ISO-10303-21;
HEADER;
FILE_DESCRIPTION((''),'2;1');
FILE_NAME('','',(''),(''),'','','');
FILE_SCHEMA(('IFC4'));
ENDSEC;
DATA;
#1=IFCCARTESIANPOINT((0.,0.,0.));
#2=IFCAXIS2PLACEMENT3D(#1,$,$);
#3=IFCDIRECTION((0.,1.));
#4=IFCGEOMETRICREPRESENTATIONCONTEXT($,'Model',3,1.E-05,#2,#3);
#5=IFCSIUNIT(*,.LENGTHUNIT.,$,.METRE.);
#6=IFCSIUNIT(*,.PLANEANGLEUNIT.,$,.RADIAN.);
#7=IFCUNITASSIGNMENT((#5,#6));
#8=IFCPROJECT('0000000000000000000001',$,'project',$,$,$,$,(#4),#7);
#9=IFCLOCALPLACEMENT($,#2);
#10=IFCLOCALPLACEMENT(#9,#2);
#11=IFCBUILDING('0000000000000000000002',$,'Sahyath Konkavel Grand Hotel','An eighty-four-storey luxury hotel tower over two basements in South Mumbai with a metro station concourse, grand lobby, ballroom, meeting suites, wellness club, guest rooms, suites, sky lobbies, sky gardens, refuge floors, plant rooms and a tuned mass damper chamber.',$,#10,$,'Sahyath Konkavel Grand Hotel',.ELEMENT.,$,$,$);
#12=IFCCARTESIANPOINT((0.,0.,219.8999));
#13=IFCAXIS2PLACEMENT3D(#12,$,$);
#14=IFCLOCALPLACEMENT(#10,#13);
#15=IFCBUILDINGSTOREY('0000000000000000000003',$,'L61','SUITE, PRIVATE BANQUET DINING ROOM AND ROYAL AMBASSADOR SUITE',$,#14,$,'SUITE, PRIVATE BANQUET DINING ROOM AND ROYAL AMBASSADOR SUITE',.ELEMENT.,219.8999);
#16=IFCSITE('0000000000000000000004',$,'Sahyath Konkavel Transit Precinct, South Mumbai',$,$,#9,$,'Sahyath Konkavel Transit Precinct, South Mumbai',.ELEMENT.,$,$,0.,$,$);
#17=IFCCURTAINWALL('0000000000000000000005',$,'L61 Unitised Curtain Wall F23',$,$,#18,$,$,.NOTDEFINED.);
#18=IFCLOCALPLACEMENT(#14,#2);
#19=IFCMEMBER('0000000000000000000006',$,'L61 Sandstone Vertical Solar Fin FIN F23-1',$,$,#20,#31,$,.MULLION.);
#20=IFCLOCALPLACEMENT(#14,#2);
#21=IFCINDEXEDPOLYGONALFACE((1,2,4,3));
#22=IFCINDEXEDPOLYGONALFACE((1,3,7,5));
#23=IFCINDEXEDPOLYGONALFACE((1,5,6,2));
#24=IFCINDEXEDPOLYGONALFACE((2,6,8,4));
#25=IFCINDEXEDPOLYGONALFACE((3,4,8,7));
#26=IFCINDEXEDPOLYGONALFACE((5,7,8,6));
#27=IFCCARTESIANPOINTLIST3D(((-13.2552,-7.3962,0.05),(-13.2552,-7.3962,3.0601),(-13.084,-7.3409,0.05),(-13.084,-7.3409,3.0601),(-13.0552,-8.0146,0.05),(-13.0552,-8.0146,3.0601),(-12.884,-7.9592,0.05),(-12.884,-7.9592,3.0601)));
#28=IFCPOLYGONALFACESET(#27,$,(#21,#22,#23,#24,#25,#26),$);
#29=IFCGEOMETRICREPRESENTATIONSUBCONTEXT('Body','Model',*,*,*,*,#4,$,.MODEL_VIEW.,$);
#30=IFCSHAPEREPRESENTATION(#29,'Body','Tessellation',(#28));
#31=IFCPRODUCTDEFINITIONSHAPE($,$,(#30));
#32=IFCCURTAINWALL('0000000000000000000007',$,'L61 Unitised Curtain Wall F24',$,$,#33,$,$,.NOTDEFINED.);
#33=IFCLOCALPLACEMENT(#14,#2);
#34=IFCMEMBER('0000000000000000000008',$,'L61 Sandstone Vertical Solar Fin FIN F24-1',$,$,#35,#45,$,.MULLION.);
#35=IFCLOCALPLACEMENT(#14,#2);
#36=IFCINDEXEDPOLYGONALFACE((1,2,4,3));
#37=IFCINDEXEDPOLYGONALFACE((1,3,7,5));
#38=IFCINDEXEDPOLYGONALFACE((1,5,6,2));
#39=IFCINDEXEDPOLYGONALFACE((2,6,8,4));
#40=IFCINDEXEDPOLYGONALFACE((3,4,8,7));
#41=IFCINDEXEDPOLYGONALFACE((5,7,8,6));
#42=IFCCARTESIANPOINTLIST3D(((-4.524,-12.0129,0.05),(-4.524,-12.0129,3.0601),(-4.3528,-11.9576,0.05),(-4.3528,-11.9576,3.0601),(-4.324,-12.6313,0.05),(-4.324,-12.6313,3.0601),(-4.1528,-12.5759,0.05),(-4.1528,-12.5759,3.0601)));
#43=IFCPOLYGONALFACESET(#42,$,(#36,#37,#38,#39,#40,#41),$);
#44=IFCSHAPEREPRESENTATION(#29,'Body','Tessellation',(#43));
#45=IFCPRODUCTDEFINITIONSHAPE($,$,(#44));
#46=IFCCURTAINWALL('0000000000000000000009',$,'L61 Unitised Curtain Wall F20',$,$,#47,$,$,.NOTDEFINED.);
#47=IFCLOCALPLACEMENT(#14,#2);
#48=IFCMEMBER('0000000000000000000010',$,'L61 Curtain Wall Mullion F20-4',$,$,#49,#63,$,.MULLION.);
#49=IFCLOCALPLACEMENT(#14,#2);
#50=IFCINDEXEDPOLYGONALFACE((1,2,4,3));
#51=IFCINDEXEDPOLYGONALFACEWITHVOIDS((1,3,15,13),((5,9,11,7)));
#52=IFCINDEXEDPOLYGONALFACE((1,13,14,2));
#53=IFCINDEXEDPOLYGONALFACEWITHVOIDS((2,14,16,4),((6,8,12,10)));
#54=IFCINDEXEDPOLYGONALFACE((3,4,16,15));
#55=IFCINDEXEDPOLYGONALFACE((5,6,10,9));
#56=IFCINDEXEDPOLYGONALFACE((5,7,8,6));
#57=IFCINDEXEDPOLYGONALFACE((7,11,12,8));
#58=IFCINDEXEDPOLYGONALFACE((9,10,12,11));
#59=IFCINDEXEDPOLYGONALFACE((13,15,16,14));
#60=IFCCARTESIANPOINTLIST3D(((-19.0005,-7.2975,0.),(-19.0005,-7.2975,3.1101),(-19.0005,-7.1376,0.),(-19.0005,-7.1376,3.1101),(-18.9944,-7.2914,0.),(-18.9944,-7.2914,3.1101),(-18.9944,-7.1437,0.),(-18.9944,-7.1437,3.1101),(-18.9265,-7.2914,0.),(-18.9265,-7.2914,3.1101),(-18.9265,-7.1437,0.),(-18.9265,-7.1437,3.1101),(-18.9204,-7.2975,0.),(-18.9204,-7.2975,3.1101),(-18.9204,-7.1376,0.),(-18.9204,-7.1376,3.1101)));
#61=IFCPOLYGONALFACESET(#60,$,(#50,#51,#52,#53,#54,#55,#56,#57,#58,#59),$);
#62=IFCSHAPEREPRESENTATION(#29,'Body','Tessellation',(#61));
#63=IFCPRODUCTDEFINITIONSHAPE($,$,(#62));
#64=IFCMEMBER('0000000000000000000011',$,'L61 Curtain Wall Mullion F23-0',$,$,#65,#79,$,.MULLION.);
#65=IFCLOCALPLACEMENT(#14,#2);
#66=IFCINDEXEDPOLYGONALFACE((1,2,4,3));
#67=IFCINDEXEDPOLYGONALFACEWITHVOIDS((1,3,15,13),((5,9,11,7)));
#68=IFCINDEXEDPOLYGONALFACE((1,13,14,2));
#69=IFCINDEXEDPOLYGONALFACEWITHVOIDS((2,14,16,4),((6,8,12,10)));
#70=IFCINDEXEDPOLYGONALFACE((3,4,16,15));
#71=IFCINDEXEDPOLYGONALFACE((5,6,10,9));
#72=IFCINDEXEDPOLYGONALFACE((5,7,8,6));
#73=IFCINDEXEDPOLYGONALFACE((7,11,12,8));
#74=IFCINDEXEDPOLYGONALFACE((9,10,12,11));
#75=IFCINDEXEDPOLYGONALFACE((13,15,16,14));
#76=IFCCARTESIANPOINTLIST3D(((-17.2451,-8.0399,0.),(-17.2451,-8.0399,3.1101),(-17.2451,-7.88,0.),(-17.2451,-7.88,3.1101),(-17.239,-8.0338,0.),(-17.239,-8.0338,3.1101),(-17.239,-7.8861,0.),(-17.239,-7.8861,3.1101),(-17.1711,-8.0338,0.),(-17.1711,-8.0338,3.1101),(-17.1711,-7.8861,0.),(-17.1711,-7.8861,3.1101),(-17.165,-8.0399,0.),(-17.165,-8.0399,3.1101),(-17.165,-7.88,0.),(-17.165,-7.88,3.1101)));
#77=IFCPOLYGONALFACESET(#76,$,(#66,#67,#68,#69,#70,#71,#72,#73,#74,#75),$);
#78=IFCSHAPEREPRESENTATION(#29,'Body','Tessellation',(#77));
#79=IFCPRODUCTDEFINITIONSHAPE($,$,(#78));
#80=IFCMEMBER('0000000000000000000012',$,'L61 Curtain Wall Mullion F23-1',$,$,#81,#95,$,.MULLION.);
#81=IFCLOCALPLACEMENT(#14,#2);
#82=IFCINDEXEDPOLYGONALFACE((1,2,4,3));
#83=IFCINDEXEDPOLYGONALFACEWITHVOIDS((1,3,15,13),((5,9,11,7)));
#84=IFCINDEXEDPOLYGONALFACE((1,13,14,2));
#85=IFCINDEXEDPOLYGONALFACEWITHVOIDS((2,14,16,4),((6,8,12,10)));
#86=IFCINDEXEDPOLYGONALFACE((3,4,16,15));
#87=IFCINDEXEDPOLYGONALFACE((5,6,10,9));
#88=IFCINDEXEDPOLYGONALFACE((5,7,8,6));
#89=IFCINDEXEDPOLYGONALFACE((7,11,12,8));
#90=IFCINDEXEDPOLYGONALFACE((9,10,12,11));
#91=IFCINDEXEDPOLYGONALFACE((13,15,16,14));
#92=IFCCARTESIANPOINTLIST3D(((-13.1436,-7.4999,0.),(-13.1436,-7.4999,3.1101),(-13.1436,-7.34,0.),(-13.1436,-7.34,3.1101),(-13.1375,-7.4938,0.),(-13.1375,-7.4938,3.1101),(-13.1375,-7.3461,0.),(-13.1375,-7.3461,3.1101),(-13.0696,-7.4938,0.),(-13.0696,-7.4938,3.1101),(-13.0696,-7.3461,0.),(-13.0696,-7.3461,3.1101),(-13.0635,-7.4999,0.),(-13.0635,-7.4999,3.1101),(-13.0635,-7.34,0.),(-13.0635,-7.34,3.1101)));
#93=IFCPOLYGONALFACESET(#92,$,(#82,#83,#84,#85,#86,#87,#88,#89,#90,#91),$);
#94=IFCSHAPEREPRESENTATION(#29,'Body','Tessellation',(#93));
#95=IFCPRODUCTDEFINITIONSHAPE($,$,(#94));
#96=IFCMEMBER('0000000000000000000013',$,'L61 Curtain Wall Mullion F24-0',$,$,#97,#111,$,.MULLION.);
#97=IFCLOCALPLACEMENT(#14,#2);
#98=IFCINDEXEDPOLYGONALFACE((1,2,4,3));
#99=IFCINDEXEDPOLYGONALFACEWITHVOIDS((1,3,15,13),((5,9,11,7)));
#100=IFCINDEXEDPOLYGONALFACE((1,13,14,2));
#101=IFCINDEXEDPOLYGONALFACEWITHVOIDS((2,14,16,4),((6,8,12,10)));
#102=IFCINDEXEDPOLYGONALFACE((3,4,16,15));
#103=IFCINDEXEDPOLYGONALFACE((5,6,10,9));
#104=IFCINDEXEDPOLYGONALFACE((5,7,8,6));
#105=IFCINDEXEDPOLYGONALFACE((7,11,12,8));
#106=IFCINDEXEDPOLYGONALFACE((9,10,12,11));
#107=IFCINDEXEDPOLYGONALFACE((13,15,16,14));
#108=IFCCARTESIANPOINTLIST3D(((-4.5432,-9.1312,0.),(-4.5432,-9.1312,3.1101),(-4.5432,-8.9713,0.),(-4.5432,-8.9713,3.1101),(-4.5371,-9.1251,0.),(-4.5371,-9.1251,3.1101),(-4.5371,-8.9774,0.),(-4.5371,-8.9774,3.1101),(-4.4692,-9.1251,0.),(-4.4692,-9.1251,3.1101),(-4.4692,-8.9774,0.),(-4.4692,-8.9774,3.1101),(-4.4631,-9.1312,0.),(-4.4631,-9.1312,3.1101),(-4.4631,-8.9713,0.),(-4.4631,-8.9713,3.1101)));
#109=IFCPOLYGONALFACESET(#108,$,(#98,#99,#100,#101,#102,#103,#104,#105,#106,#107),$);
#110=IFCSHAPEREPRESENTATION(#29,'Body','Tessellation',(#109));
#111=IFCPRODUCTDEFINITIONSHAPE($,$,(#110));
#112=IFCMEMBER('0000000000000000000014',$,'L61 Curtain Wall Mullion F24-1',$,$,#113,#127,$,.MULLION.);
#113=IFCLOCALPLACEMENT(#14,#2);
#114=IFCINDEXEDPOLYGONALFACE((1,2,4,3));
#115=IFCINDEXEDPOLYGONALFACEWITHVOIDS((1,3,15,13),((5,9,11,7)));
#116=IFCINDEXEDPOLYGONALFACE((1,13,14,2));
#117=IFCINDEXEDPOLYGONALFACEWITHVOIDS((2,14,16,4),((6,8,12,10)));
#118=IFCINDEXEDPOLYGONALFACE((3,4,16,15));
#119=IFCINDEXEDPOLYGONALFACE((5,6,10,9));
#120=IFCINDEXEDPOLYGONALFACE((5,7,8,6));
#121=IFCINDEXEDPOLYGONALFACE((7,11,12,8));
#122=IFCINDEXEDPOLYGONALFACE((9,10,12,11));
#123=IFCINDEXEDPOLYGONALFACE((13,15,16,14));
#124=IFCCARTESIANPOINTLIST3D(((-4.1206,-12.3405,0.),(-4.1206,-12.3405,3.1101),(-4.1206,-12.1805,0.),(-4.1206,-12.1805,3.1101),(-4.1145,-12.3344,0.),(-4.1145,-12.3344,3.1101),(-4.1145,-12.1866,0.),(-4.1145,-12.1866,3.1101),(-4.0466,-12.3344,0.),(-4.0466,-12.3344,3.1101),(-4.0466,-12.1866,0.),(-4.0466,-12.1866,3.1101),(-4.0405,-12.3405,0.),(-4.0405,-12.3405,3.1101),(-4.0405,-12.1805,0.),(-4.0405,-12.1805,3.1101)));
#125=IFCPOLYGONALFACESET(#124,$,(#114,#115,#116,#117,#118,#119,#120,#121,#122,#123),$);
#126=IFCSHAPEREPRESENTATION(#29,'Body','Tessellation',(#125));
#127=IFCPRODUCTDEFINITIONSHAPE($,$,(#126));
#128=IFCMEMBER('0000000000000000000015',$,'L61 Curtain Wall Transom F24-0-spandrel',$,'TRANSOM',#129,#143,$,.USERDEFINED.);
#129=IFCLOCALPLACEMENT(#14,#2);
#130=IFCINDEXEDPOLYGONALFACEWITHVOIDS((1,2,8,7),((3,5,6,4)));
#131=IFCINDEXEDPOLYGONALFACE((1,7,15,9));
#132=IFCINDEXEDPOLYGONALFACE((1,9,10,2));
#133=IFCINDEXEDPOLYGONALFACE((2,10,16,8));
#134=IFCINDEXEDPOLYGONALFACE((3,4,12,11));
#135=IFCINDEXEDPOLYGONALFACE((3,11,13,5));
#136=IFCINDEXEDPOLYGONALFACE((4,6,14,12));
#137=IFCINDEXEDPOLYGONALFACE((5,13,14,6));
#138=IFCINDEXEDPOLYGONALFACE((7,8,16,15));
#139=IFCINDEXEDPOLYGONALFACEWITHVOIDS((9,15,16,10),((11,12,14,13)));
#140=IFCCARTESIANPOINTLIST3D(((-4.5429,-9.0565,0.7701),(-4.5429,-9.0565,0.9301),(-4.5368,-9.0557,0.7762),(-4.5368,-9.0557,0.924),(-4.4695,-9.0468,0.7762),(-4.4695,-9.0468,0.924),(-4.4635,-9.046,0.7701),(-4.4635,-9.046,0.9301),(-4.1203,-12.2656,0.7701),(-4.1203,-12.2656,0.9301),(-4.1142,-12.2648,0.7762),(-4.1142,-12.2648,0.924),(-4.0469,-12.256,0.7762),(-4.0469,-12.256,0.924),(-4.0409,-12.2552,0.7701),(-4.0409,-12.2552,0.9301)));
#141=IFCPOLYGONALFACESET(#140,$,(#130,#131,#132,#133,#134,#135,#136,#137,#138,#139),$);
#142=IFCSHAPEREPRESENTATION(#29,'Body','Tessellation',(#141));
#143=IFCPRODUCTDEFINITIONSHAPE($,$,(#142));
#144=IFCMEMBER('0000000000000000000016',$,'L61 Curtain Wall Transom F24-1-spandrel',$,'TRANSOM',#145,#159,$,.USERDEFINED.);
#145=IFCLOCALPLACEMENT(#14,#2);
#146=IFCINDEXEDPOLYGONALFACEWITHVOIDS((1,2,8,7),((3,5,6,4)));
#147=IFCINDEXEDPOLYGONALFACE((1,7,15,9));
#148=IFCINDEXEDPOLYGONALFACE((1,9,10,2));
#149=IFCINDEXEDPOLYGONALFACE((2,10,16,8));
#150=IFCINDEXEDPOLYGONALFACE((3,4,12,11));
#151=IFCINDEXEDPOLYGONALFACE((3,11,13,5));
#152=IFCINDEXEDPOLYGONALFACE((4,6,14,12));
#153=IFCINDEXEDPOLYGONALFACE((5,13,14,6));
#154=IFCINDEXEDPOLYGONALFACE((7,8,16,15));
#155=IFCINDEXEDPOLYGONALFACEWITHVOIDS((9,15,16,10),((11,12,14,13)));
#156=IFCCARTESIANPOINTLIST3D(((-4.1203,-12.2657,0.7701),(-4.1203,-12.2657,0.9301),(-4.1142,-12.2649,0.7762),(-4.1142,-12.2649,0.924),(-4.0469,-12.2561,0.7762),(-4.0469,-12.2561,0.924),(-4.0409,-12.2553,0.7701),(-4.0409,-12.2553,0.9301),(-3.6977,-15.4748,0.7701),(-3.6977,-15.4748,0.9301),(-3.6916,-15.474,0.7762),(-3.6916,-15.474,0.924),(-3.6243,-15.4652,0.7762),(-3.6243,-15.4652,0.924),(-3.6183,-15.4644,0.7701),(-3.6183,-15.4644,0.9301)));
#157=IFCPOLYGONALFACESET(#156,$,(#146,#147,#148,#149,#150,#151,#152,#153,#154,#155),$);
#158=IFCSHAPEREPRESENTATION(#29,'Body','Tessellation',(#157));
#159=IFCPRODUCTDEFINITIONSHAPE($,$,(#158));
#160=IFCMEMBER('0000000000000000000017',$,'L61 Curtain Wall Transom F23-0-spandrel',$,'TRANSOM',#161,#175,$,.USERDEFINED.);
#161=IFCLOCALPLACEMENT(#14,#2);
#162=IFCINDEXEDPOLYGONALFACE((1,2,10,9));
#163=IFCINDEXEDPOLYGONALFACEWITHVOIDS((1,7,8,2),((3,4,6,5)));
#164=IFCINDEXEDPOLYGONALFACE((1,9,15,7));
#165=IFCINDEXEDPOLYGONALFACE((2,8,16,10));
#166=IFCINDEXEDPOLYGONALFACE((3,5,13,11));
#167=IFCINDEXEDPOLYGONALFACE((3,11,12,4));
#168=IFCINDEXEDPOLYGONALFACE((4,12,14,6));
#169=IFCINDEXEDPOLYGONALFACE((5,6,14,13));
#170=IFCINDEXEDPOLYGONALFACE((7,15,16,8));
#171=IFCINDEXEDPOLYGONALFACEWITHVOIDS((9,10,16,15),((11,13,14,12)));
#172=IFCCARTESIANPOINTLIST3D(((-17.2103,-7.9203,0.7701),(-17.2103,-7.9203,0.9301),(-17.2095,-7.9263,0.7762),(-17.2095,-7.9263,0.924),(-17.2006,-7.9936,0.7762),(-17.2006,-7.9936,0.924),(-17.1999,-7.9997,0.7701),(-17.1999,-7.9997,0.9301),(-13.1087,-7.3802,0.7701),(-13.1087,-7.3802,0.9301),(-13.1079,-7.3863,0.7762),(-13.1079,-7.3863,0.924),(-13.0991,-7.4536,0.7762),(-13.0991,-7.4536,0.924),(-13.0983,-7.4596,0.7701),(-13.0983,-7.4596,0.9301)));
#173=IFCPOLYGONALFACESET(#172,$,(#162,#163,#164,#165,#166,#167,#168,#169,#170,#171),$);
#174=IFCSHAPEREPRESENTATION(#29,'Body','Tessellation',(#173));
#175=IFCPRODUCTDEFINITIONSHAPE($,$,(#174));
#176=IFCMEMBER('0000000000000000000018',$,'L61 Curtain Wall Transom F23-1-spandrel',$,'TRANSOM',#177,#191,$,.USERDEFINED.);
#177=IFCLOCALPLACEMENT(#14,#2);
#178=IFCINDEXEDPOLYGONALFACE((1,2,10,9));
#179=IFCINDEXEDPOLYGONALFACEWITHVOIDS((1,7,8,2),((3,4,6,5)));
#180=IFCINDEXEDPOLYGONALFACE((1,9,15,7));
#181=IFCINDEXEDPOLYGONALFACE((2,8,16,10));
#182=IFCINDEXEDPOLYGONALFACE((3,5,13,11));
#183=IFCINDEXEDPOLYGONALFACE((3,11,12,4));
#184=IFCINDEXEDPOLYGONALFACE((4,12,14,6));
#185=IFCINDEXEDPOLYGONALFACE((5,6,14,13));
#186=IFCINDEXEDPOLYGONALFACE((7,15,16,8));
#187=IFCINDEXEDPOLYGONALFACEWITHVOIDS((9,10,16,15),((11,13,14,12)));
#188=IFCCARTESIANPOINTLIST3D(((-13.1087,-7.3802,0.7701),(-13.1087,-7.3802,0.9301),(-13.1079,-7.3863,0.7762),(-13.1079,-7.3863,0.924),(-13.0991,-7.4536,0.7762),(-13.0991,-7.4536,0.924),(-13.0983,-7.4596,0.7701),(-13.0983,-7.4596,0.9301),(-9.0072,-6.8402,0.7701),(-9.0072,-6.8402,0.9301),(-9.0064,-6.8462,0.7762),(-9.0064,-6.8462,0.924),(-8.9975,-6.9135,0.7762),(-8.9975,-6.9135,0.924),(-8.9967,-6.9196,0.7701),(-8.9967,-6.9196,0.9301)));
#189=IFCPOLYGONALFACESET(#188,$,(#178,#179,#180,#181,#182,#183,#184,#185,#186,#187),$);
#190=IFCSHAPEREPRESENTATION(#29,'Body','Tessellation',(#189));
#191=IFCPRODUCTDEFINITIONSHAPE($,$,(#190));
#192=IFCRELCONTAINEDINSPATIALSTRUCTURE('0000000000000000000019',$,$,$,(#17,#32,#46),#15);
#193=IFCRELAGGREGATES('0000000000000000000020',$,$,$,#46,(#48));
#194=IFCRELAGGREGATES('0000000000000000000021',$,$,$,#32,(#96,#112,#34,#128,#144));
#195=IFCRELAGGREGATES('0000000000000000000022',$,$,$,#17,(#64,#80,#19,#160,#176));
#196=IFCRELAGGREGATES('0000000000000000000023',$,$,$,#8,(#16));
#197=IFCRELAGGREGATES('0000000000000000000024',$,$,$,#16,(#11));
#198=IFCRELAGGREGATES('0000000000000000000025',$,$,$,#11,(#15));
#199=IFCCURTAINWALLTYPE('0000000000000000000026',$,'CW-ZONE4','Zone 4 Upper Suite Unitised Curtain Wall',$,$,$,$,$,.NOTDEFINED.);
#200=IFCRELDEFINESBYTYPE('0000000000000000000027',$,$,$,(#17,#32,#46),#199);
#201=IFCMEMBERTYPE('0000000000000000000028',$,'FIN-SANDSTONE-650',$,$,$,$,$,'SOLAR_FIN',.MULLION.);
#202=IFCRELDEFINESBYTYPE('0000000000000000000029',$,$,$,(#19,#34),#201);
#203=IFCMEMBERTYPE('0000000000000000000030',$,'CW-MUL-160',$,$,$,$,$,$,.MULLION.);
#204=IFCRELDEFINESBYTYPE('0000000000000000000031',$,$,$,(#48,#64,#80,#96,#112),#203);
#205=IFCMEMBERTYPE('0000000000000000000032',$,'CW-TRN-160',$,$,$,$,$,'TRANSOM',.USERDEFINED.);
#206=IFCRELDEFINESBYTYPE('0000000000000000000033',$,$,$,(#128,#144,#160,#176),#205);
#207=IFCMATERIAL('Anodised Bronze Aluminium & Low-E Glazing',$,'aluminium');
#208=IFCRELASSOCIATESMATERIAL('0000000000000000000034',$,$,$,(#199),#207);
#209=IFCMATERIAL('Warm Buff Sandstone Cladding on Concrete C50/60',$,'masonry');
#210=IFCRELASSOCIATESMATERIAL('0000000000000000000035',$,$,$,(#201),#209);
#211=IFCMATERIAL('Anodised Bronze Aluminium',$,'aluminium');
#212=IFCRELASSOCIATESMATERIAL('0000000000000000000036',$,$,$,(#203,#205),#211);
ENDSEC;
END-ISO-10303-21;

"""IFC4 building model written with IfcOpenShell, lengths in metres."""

from ifc_helpers import new_model, si_unit, direction, frame, origin, origin_2d, place, context, subcontext, project, spatial, rectangle, hollow_rectangle, extrude, source, transform, mapped, material, material_profile, profile_set, type_object, element, aggregate, save


model = new_model("IFC4")

# Units and contexts
model_context = context("Model", 3, precision=1e-05, world=origin(), true_north=direction((0.0, 1.0)))
body_context = subcontext(model_context, "Body", "Model", "MODEL_VIEW")
ifc_project = project(units=[si_unit("LENGTHUNIT", "METRE"), si_unit("PLANEANGLEUNIT", "RADIAN")], contexts=[model_context])

# Site, building, storey
site_placement = place(None, origin())
site = spatial("IfcSite", under=ifc_project, at=site_placement, Name="Sahyath Konkavel Transit Precinct, South Mumbai", LongName="Sahyath Konkavel Transit Precinct, South Mumbai", CompositionType="ELEMENT", RefElevation=0.0)
building_placement = place(site_placement, origin())
building = spatial("IfcBuilding", under=site, at=building_placement, Name="Sahyath Konkavel Grand Hotel", Description="An eighty-four-storey luxury hotel tower over two basements in South Mumbai with a metro station concourse, grand lobby, ballroom, meeting suites, wellness club, guest rooms, suites, sky lobbies, sky gardens, refuge floors, plant rooms and a tuned mass damper chamber.", LongName="Sahyath Konkavel Grand Hotel", CompositionType="ELEMENT")
storey_placement = place(building_placement, frame((0.0, 0.0, 219.8999)))
storey = spatial("IfcBuildingStorey", under=building, at=storey_placement, Name="L61", Description="SUITE, PRIVATE BANQUET DINING ROOM AND ROYAL AMBASSADOR SUITE", LongName="SUITE, PRIVATE BANQUET DINING ROOM AND ROYAL AMBASSADOR SUITE", CompositionType="ELEMENT", Elevation=219.8999)

# Curtain walls, members
ifc_material_1 = material(Name="Anodised Bronze Aluminium & Low-E Glazing", Category="aluminium")
curtain_wall_type = type_object("IfcCurtainWallType", Name="CW-ZONE4", Description="Zone 4 Upper Suite Unitised Curtain Wall", PredefinedType="NOTDEFINED", material=ifc_material_1)
curtain_wall_1_placement = place(storey_placement, origin())
curtain_wall_1 = element("IfcCurtainWall", 1, at=curtain_wall_1_placement, inside=storey, type_object=curtain_wall_type, Name="L61 Unitised Curtain Wall F23", PredefinedType="NOTDEFINED")
ifc_material_2 = material(Name="Warm Buff Sandstone Cladding on Concrete C50/60", Category="masonry")
ifc_material_profile_1 = material_profile(ifc_material_2, rectangle(XDim=0.1799, YDim=0.6499, at=origin_2d()), Name="FIN 180x650")
ifc_profile_set_1 = profile_set([ifc_material_profile_1], Name="Warm Buff Sandstone Cladding on Concrete C50/60")
member_type_1 = type_object("IfcMemberType", Name="FIN-SANDSTONE-650", ElementType="SOLAR_FIN", PredefinedType="MULLION", material=ifc_profile_set_1)
shared_shape_1 = source(origin(), body_context, "Body", "SweptSolid", [
    extrude(rectangle(XDim=0.1799, YDim=0.6499, at=origin_2d()), origin(), (0.0, 0.0, 1.0), 3.01),
])
member_1_placement = place(storey_placement, frame((-13.0696, -7.6777, 0.05), z_axis=(0.0, 0.0, 1.0), x_axis=(0.951487, 0.307689, 0.0)))
member_1 = element("IfcMember", 2, at=member_1_placement, type_object=member_type_1, Name="L61 Sandstone Vertical Solar Fin FIN F23-1", PredefinedType="MULLION", context=body_context, shape_type="MappedRepresentation", body=[
    mapped(shared_shape_1, transform((0.0, 0.0, 0.0), scale=1.0)),
])
curtain_wall_2_placement = place(storey_placement, origin())
curtain_wall_2 = element("IfcCurtainWall", 3, at=curtain_wall_2_placement, inside=storey, type_object=curtain_wall_type, Name="L61 Unitised Curtain Wall F24", PredefinedType="NOTDEFINED")
member_2_placement = place(storey_placement, frame((-4.3384, -12.2944, 0.05), z_axis=(0.0, 0.0, 1.0), x_axis=(0.951487, 0.307689, 0.0)))
member_2 = element("IfcMember", 4, at=member_2_placement, type_object=member_type_1, Name="L61 Sandstone Vertical Solar Fin FIN F24-1", PredefinedType="MULLION", context=body_context, shape_type="MappedRepresentation", body=[
    mapped(shared_shape_1, transform((0.0, 0.0, 0.0), scale=1.0)),
])
curtain_wall_3_placement = place(storey_placement, origin())
curtain_wall_3 = element("IfcCurtainWall", 5, at=curtain_wall_3_placement, inside=storey, type_object=curtain_wall_type, Name="L61 Unitised Curtain Wall F20", PredefinedType="NOTDEFINED")
ifc_material_3 = material(Name="Anodised Bronze Aluminium", Category="aluminium")
ifc_material_profile_2 = material_profile(ifc_material_3, hollow_rectangle(XDim=0.0801, YDim=0.1599, WallThickness=0.0061, at=origin_2d()), Name="RHS 160x80x6")
ifc_profile_set_2 = profile_set([ifc_material_profile_2], Name="Anodised Bronze Aluminium")
member_type_2 = type_object("IfcMemberType", Name="CW-MUL-160", PredefinedType="MULLION", material=ifc_profile_set_2)
shared_shape_2 = source(origin(), body_context, "Body", "SweptSolid", [
    extrude(hollow_rectangle(XDim=0.0801, YDim=0.1599, WallThickness=0.0061, at=origin_2d()), origin(), (0.0, 0.0, 1.0), 3.1101),
])
member_3_placement = place(storey_placement, frame((-18.9604, -7.2175, 0.0), z_axis=(0.0, 0.0, 1.0), x_axis=(1.0, 0.0, 0.0)))
member_3 = element("IfcMember", 6, at=member_3_placement, type_object=member_type_2, Name="L61 Curtain Wall Mullion F20-4", PredefinedType="MULLION", context=body_context, shape_type="MappedRepresentation", body=[
    mapped(shared_shape_2, transform((0.0, 0.0, 0.0), scale=1.0)),
])
aggregate(curtain_wall_3, [member_3])

# Members
member_4_placement = place(storey_placement, frame((-17.2051, -7.96, 0.0), z_axis=(0.0, 0.0, 1.0), x_axis=(1.0, 0.0, 0.0)))
member_4 = element("IfcMember", 7, at=member_4_placement, type_object=member_type_2, Name="L61 Curtain Wall Mullion F23-0", PredefinedType="MULLION", context=body_context, shape_type="MappedRepresentation", body=[
    mapped(shared_shape_2, transform((0.0, 0.0, 0.0), scale=1.0)),
])
member_5_placement = place(storey_placement, frame((-13.1035, -7.4199, 0.0), z_axis=(0.0, 0.0, 1.0), x_axis=(1.0, 0.0, 0.0)))
member_5 = element("IfcMember", 8, at=member_5_placement, type_object=member_type_2, Name="L61 Curtain Wall Mullion F23-1", PredefinedType="MULLION", context=body_context, shape_type="MappedRepresentation", body=[
    mapped(shared_shape_2, transform((0.0, 0.0, 0.0), scale=1.0)),
])
member_6_placement = place(storey_placement, frame((-4.5032, -9.0513, 0.0), z_axis=(0.0, 0.0, 1.0), x_axis=(1.0, 0.0, 0.0)))
member_6 = element("IfcMember", 9, at=member_6_placement, type_object=member_type_2, Name="L61 Curtain Wall Mullion F24-0", PredefinedType="MULLION", context=body_context, shape_type="MappedRepresentation", body=[
    mapped(shared_shape_2, transform((0.0, 0.0, 0.0), scale=1.0)),
])
member_7_placement = place(storey_placement, frame((-4.0806, -12.2605, 0.0), z_axis=(0.0, 0.0, 1.0), x_axis=(1.0, 0.0, 0.0)))
member_7 = element("IfcMember", 10, at=member_7_placement, type_object=member_type_2, Name="L61 Curtain Wall Mullion F24-1", PredefinedType="MULLION", context=body_context, shape_type="MappedRepresentation", body=[
    mapped(shared_shape_2, transform((0.0, 0.0, 0.0), scale=1.0)),
])
ifc_material_profile_3 = material_profile(ifc_material_3, hollow_rectangle(XDim=0.0801, YDim=0.1599, WallThickness=0.0061, at=origin_2d()), Name="RHS 160x80x6")
ifc_profile_set_3 = profile_set([ifc_material_profile_3], Name="Anodised Bronze Aluminium")
member_type_3 = type_object("IfcMemberType", Name="CW-TRN-160", ElementType="TRANSOM", PredefinedType="USERDEFINED", material=ifc_profile_set_3)
shared_shape_3 = source(origin(), body_context, "Body", "SweptSolid", [
    extrude(hollow_rectangle(XDim=0.0801, YDim=0.1599, WallThickness=0.0061, at=origin_2d()), origin(), (0.0, 0.0, 1.0), 3.2368),
])
member_8_placement = place(storey_placement, frame((-4.5032, -9.0513, 0.8501), z_axis=(0.130558, -0.991441, 0.0), x_axis=(0.991441, 0.130558, 0.0)))
member_8 = element("IfcMember", 11, at=member_8_placement, type_object=member_type_3, Name="L61 Curtain Wall Transom F24-0-spandrel", ObjectType="TRANSOM", PredefinedType="USERDEFINED", context=body_context, shape_type="MappedRepresentation", body=[
    mapped(shared_shape_3, transform((0.0, 0.0, 0.0), scale=1.0)),
])
member_9_placement = place(storey_placement, frame((-4.0806, -12.2605, 0.8501), z_axis=(0.130558, -0.991441, 0.0), x_axis=(0.991441, 0.130558, 0.0)))
member_9 = element("IfcMember", 12, at=member_9_placement, type_object=member_type_3, Name="L61 Curtain Wall Transom F24-1-spandrel", ObjectType="TRANSOM", PredefinedType="USERDEFINED", context=body_context, shape_type="MappedRepresentation", body=[
    mapped(shared_shape_3, transform((0.0, 0.0, 0.0), scale=1.0)),
])
shared_shape_4 = source(origin(), body_context, "Body", "SweptSolid", [
    extrude(hollow_rectangle(XDim=0.0801, YDim=0.1599, WallThickness=0.0061, at=origin_2d()), origin(), (0.0, 0.0, 1.0), 4.137),
])
member_10_placement = place(storey_placement, frame((-17.2051, -7.96, 0.8501), z_axis=(0.991443, 0.13054, 0.0), x_axis=(-0.13054, 0.991443, 0.0)))
member_10 = element("IfcMember", 13, at=member_10_placement, type_object=member_type_3, Name="L61 Curtain Wall Transom F23-0-spandrel", ObjectType="TRANSOM", PredefinedType="USERDEFINED", context=body_context, shape_type="MappedRepresentation", body=[
    mapped(shared_shape_4, transform((0.0, 0.0, 0.0), scale=1.0)),
])
member_11_placement = place(storey_placement, frame((-13.1035, -7.4199, 0.8501), z_axis=(0.991443, 0.13054, 0.0), x_axis=(-0.13054, 0.991443, 0.0)))
member_11 = element("IfcMember", 14, at=member_11_placement, type_object=member_type_3, Name="L61 Curtain Wall Transom F23-1-spandrel", ObjectType="TRANSOM", PredefinedType="USERDEFINED", context=body_context, shape_type="MappedRepresentation", body=[
    mapped(shared_shape_4, transform((0.0, 0.0, 0.0), scale=1.0)),
])

aggregate(curtain_wall_2, [member_6, member_7, member_2, member_8, member_9])
aggregate(curtain_wall_1, [member_4, member_5, member_1, member_10, member_11])

save(model, "model.ifc")
